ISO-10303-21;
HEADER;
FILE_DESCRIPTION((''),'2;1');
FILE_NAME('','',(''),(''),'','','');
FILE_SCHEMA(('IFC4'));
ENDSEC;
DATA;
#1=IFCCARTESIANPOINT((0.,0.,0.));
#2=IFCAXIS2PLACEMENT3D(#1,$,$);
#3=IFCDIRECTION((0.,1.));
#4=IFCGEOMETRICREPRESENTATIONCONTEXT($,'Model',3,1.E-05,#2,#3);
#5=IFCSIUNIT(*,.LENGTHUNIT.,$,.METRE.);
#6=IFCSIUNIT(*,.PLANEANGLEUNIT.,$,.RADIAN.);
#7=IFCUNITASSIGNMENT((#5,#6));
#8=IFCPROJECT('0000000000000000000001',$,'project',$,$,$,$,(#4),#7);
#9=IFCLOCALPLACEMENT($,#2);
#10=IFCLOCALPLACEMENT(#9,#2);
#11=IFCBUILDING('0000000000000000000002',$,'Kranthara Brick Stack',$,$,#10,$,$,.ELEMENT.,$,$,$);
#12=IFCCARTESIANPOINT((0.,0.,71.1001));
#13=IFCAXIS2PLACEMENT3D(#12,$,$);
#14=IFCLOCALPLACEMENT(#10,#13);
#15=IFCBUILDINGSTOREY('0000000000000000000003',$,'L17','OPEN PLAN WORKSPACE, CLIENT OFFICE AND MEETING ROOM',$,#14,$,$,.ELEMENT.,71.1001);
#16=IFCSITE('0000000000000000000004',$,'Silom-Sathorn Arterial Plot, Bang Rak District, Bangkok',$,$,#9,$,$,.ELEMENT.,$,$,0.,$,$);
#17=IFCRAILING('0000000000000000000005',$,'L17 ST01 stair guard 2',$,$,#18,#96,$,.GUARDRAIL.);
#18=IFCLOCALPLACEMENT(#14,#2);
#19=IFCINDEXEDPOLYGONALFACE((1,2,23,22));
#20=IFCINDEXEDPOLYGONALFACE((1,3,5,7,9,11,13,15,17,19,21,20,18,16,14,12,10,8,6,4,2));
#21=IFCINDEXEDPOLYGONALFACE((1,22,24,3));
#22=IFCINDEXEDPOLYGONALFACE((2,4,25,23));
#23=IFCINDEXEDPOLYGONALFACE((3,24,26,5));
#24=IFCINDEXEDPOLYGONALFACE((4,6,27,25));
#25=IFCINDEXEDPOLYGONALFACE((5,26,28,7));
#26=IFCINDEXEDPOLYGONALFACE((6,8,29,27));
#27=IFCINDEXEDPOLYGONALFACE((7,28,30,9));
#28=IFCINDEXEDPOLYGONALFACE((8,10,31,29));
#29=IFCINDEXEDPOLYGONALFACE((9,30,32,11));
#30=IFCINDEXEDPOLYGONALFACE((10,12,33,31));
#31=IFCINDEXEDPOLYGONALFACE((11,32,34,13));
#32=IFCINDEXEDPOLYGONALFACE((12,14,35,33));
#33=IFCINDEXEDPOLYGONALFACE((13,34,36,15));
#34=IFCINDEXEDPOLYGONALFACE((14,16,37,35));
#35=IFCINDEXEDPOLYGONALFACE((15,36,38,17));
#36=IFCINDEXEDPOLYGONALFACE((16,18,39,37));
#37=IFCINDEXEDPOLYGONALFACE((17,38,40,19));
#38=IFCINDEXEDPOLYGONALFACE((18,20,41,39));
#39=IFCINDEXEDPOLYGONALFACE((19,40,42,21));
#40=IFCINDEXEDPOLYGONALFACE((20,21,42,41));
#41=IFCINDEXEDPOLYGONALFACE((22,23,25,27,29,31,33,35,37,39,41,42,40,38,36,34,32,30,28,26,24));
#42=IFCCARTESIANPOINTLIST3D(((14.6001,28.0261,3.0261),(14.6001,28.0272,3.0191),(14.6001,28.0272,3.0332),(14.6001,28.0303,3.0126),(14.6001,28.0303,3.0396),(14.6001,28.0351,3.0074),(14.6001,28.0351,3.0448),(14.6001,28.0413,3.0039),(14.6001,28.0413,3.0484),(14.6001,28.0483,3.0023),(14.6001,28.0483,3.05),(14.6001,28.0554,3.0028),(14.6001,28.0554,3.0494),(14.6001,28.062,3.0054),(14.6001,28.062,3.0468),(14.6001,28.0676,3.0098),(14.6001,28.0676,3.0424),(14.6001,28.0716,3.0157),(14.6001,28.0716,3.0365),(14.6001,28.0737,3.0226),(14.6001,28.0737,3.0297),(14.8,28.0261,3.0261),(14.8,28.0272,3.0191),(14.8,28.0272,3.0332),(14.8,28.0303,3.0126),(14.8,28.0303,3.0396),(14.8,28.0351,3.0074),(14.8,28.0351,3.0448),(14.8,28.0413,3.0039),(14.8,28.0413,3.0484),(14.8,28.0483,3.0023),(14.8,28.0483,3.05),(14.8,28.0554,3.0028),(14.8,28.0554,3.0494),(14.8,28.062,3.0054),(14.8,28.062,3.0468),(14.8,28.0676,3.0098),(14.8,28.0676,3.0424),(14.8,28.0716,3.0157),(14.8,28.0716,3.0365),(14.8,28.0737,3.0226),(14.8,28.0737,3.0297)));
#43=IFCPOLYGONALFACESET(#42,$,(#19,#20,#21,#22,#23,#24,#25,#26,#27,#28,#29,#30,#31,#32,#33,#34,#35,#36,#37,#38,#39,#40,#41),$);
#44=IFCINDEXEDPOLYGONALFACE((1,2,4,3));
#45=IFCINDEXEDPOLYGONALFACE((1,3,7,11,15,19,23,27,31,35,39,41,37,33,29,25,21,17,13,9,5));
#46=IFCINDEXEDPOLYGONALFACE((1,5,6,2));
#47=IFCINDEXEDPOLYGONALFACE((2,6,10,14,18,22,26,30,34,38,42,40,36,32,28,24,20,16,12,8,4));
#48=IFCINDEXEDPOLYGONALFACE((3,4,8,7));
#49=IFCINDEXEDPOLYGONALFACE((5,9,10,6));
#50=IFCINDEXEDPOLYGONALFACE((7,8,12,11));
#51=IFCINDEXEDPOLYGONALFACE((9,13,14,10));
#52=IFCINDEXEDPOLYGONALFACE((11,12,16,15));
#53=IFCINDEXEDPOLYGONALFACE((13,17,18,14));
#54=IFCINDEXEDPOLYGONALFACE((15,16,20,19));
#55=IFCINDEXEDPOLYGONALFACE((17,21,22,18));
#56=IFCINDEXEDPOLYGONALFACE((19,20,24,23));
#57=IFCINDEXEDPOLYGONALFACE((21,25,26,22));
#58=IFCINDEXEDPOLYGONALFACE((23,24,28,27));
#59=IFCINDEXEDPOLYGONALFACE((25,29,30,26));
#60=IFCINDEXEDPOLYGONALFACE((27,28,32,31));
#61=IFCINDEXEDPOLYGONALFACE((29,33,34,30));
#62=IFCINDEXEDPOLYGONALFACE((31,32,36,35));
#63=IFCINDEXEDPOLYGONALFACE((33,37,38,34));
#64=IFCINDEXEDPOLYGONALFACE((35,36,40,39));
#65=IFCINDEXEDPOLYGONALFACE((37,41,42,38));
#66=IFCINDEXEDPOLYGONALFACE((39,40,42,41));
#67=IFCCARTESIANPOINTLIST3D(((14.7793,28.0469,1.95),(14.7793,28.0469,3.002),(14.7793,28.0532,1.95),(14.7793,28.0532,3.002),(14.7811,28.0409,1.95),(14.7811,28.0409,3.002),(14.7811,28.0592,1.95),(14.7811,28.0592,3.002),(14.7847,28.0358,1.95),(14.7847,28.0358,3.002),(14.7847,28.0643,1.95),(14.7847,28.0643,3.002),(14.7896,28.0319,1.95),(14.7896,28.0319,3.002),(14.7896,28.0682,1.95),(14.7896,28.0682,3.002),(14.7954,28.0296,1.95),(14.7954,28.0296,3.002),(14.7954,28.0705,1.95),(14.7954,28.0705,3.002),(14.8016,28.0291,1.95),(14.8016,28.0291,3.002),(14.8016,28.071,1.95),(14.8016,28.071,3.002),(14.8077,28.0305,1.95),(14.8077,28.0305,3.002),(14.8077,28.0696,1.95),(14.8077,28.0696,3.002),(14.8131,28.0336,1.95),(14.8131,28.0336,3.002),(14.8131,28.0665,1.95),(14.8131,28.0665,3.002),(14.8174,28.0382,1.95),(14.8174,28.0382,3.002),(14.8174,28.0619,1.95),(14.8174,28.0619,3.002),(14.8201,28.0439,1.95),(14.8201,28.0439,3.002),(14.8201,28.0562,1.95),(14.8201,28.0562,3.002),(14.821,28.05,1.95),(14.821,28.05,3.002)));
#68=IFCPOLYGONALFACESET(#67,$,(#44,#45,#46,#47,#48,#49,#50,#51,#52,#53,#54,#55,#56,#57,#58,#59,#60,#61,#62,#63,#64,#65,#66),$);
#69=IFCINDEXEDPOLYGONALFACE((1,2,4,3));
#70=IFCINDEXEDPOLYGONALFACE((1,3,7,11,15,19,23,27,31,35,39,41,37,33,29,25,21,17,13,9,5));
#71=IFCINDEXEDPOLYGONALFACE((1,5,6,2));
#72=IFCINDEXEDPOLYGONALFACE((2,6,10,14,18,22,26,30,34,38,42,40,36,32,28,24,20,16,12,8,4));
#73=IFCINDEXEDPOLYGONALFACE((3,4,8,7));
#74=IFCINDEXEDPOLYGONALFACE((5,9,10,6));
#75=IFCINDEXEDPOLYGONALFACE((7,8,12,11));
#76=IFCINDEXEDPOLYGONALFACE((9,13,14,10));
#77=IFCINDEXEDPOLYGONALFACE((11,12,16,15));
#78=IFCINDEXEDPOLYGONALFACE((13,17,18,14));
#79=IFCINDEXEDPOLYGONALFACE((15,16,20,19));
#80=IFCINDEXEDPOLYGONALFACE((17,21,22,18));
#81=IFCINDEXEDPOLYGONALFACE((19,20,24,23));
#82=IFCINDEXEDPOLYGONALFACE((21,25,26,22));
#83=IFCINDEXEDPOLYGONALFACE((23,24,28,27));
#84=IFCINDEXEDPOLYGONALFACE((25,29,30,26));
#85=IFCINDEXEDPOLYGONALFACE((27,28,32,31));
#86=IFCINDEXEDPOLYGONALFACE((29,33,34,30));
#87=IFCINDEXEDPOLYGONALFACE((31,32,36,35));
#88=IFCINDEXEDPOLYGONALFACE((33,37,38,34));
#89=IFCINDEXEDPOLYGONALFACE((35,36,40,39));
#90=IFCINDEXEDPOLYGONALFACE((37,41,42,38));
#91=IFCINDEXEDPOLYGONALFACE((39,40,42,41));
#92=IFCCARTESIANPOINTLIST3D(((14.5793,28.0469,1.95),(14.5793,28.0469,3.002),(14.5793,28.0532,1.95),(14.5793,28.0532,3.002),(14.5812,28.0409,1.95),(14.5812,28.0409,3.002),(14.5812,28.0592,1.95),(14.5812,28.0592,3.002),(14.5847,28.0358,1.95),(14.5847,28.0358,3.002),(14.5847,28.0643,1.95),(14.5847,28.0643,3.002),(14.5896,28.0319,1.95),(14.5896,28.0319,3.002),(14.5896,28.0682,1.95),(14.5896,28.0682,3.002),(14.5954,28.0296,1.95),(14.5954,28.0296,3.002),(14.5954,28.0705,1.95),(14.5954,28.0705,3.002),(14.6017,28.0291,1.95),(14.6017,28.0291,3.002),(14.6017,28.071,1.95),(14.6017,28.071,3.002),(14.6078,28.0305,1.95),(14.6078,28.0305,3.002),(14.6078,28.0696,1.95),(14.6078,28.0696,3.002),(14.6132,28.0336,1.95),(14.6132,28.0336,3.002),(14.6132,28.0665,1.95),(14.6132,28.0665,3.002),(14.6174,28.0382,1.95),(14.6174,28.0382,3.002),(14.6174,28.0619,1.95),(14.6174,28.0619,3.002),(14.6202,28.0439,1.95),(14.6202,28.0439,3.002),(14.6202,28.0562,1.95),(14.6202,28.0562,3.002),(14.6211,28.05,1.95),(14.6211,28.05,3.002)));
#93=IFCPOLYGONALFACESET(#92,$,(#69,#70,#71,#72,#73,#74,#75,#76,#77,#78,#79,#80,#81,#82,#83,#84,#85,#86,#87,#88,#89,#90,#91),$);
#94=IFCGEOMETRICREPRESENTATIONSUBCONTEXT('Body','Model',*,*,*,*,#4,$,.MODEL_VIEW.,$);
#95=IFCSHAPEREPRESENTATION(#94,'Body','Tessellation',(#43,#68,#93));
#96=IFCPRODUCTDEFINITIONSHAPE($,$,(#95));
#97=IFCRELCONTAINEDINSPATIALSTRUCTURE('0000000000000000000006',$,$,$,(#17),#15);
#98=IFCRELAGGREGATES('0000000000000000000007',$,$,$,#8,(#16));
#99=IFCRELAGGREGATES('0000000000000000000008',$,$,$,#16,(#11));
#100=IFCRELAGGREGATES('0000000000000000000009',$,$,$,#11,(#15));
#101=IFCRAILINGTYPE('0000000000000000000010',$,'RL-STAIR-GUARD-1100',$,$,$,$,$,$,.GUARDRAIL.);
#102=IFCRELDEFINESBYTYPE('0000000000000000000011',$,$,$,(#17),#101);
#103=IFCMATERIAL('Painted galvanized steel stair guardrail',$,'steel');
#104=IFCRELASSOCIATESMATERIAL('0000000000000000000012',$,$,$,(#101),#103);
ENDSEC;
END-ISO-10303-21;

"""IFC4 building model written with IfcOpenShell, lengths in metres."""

from ifc_helpers import new_model, si_unit, direction, frame, origin, origin_2d, place, context, subcontext, project, spatial, circle, extrude, material, type_object, element, save


model = new_model("IFC4")

# Units and contexts
model_context = context("Model", 3, precision=1e-05, world=origin(), true_north=direction((0.0, 1.0)))
body_context = subcontext(model_context, "Body", "Model", "MODEL_VIEW")
ifc_project = project(units=[si_unit("LENGTHUNIT", "METRE"), si_unit("PLANEANGLEUNIT", "RADIAN")], contexts=[model_context])

# Site, building, storey
site_placement = place(None, origin())
site = spatial("IfcSite", under=ifc_project, at=site_placement, Name="Silom-Sathorn Arterial Plot, Bang Rak District, Bangkok", CompositionType="ELEMENT", RefElevation=0.0)
building_placement = place(site_placement, origin())
building = spatial("IfcBuilding", under=site, at=building_placement, Name="Kranthara Brick Stack", CompositionType="ELEMENT")
storey_placement = place(building_placement, frame((0.0, 0.0, 71.1001)))
storey = spatial("IfcBuildingStorey", under=building, at=storey_placement, Name="L17", Description="OPEN PLAN WORKSPACE, CLIENT OFFICE AND MEETING ROOM", CompositionType="ELEMENT", Elevation=71.1001)

# Railing
ifc_material_1 = material(Name="Painted galvanized steel stair guardrail", Category="steel")
railing_type_1 = type_object("IfcRailingType", Name="RL-STAIR-GUARD-1100", PredefinedType="GUARDRAIL", material=ifc_material_1)
railing_1_placement = place(storey_placement, frame((14.8, 28.05, 1.95)))
element("IfcRailing", 1, at=railing_1_placement, inside=storey, type_object=railing_type_1, Name="L17 ST01 stair guard 2", PredefinedType="GUARDRAIL", context=body_context, shape_type="SweptSolid", body=[
    extrude(circle(Radius=0.0239, at=origin_2d()), frame((0.0, 0.0, 1.0762), z_axis=(-1.0, 0.0, 0.0), x_axis=(0.0, -1.0, 0.0)), (0.0, 0.0, 1.0), 0.2),
    extrude(circle(Radius=0.021, at=origin_2d()), origin(), (0.0, 0.0, 1.0), 1.052),
    extrude(circle(Radius=0.021, at=origin_2d()), frame((-0.2, 0.0, 0.0)), (0.0, 0.0, 1.0), 1.052),
])

save(model, "model.ifc")
